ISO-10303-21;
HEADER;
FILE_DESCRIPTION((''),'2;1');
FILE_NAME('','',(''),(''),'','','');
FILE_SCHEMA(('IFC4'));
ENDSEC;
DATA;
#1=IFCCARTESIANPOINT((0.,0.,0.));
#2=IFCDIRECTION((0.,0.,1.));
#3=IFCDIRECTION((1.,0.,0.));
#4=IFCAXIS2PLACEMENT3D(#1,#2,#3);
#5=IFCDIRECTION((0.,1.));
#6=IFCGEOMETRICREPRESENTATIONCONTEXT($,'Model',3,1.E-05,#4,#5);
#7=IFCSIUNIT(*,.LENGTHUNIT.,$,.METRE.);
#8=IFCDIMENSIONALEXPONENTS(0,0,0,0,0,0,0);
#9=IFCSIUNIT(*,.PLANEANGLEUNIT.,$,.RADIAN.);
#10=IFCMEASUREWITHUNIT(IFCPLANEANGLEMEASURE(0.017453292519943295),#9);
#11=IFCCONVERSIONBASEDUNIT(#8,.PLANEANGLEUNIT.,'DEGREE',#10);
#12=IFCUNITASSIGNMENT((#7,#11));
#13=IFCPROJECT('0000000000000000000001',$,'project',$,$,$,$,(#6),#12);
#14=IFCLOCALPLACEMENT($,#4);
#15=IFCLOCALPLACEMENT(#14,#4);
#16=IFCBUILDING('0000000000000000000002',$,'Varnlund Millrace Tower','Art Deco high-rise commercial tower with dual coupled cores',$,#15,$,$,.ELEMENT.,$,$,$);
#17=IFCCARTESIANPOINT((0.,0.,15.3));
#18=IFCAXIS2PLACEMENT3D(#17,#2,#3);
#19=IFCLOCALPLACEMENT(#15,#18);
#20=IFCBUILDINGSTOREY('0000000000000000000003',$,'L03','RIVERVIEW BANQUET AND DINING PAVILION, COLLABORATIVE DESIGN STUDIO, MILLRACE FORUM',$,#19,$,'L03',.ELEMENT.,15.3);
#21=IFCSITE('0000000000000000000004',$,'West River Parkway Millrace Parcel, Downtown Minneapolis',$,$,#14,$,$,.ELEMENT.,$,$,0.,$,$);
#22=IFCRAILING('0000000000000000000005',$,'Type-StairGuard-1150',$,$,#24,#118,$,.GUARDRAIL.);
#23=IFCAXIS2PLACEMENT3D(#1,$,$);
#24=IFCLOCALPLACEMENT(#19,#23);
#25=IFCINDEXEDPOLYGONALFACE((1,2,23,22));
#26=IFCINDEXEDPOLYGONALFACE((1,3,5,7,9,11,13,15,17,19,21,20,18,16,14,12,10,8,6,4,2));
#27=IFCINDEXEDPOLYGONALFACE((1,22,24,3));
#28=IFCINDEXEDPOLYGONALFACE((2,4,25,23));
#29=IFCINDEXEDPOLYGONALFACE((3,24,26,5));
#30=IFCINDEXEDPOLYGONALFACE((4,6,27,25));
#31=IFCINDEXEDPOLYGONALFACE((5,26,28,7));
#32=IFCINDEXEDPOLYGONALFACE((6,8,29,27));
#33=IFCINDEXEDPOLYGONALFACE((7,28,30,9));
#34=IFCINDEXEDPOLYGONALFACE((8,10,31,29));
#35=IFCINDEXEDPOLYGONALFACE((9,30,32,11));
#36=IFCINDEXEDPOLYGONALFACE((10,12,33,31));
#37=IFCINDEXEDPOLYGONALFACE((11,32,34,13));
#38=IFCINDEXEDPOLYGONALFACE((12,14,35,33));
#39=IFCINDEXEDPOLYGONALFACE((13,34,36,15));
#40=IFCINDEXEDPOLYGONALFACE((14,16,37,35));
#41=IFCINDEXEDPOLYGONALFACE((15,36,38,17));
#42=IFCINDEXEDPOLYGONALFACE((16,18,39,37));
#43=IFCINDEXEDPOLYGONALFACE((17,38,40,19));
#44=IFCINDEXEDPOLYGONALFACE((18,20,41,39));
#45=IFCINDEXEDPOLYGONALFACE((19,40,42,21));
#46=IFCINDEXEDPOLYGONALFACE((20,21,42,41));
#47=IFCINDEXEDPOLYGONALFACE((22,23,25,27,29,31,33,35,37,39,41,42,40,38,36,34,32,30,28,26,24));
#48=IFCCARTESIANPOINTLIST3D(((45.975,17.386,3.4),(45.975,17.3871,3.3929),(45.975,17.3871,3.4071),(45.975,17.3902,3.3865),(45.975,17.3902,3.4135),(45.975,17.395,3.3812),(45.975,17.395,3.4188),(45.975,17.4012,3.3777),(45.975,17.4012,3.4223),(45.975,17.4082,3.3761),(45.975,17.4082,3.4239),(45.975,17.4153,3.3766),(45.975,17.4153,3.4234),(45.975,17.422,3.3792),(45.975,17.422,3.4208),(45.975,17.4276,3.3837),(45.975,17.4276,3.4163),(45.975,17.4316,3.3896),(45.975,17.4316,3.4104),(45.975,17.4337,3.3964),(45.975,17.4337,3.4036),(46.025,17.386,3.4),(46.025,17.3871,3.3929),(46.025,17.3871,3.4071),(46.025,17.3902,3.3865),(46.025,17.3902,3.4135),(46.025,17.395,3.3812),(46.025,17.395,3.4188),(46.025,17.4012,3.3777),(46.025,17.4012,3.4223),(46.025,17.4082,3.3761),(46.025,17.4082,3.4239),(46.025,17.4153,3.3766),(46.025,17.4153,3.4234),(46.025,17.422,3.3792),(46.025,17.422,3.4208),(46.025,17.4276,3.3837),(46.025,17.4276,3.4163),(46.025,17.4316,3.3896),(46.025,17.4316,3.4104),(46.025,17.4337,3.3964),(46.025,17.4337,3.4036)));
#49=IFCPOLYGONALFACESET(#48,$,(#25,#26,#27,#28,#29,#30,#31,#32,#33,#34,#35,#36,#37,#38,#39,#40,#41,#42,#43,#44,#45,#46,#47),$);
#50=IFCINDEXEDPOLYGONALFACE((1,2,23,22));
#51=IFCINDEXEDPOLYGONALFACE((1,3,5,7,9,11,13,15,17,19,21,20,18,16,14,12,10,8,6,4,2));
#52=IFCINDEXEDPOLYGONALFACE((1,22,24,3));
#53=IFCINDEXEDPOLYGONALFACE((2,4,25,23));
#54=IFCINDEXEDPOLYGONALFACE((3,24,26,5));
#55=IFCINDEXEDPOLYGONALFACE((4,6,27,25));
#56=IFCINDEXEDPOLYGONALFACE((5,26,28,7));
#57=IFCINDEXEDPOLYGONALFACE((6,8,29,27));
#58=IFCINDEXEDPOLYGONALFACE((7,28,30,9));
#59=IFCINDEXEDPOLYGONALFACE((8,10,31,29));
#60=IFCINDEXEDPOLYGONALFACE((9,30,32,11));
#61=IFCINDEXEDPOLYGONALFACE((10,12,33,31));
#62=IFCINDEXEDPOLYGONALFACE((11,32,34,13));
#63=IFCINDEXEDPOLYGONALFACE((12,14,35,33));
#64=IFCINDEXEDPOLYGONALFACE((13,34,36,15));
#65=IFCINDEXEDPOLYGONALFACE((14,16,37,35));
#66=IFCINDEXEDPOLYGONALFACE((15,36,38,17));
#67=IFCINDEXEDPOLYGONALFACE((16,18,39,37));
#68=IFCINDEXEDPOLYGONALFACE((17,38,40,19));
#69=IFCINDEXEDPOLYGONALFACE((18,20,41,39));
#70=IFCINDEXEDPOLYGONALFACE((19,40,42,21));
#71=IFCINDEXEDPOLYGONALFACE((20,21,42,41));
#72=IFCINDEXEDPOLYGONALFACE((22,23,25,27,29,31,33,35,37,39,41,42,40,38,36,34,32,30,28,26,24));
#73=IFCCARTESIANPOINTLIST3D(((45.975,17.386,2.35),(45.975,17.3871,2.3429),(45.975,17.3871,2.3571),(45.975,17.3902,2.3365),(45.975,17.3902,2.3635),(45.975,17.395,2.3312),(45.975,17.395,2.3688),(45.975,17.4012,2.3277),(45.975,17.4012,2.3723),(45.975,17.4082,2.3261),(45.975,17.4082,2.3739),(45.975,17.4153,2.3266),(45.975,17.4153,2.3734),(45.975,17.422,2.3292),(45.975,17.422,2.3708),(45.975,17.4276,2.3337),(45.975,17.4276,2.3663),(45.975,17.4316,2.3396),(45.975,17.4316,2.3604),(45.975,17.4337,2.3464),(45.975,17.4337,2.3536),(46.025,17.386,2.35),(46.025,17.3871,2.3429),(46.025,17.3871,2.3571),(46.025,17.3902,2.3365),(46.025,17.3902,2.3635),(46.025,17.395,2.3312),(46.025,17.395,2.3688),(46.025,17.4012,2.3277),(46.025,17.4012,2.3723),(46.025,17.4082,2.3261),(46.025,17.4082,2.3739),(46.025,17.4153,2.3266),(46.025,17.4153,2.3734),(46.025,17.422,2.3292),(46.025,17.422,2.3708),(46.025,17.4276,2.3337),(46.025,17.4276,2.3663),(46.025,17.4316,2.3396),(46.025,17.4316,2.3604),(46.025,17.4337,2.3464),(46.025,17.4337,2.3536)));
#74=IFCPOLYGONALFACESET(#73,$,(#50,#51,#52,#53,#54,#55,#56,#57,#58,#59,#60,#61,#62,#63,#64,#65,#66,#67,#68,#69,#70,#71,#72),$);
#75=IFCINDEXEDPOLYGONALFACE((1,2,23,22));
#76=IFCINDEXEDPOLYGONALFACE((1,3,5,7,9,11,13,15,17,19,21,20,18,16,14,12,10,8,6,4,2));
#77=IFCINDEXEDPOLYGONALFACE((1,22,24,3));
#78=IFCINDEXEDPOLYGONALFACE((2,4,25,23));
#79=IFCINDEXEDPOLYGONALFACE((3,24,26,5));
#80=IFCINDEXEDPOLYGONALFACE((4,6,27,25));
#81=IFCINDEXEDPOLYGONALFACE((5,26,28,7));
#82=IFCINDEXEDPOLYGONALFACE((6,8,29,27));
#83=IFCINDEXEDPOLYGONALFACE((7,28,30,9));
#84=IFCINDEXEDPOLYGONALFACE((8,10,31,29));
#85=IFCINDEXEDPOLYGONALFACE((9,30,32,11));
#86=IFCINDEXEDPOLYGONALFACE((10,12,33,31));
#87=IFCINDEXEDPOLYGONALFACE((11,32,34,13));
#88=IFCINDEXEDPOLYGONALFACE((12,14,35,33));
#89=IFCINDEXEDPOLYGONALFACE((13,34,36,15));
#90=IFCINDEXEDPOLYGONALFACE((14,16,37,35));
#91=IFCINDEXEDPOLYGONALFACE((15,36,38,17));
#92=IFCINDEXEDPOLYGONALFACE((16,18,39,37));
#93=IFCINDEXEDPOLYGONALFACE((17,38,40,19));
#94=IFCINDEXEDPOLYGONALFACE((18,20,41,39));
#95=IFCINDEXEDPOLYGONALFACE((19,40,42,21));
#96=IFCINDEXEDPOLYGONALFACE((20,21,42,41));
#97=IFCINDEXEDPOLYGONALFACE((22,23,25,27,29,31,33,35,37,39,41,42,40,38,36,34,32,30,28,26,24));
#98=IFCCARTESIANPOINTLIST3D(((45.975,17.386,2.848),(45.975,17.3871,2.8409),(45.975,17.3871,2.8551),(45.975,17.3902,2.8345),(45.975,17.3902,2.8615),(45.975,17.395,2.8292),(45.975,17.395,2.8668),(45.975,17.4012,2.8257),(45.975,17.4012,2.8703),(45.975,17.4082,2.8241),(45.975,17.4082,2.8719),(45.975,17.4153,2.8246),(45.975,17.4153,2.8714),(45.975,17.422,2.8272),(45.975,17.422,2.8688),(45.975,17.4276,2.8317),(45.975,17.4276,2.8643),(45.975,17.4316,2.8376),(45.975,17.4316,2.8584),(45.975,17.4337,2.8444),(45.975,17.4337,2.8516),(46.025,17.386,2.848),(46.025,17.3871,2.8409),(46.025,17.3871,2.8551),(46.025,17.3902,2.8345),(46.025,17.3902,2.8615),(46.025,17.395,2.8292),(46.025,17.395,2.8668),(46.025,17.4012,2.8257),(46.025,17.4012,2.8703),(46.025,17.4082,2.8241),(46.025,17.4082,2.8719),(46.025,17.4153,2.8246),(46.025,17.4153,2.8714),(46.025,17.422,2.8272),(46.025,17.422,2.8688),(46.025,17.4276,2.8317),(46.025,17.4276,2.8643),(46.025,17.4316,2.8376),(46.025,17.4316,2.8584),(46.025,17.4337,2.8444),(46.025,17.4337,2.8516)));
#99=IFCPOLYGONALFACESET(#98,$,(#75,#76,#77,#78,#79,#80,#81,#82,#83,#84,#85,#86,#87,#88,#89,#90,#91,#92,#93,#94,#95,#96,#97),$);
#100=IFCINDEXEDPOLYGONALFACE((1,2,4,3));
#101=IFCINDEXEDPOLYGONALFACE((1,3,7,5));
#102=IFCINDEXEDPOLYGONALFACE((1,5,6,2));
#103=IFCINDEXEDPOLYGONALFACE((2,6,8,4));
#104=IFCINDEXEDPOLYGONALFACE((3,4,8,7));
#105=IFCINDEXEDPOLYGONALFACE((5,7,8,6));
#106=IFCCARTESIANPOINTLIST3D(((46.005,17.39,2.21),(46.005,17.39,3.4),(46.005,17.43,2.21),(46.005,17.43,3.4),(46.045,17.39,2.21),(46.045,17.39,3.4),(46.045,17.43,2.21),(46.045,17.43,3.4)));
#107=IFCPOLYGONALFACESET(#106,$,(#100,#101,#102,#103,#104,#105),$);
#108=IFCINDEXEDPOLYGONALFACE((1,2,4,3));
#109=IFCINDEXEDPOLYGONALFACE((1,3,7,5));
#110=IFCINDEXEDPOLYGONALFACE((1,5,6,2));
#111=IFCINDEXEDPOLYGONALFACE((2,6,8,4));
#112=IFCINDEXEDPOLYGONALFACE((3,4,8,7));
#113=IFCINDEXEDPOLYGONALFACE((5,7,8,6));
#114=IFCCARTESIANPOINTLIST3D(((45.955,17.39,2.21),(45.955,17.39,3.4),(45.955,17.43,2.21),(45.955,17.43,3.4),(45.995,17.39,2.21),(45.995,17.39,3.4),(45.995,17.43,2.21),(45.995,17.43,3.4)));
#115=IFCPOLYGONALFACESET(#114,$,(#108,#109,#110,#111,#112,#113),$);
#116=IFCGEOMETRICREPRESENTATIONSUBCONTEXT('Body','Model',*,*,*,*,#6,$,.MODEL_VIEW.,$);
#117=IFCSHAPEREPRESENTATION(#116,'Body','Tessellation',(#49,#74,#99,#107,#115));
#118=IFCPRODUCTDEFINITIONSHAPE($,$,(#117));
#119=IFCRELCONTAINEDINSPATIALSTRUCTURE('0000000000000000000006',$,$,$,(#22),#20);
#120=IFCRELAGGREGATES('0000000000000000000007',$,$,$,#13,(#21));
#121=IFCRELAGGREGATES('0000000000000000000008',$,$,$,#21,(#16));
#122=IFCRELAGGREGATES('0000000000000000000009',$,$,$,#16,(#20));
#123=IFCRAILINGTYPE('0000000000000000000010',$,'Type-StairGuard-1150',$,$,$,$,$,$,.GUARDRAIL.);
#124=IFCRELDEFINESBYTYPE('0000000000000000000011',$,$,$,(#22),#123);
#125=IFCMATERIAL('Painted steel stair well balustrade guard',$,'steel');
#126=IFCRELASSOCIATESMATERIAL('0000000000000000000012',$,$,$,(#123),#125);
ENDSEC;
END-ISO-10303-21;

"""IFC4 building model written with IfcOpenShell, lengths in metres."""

from ifc_helpers import new_model, entity, si_unit, converted_unit, direction, frame, origin_with_axes, origin_2d_with_axis, place, context, subcontext, project, spatial, rectangle, circle, extrude, material, type_object, element, save


model = new_model("IFC4")

# Units and contexts
model_context = context("Model", 3, precision=1e-05, world=origin_with_axes(), true_north=direction((0.0, 1.0)))
body_context = subcontext(model_context, "Body", "Model", "MODEL_VIEW")
ifc_project = project(units=[si_unit("LENGTHUNIT", "METRE"), converted_unit("PLANEANGLEUNIT", "DEGREE", entity("IfcPlaneAngleMeasure", 0.017453292519943295), si_unit("PLANEANGLEUNIT", "RADIAN"), dimensions=[0, 0, 0, 0, 0, 0, 0])], contexts=[model_context])

# Site, building, storey
site_placement = place(None, origin_with_axes())
site = spatial("IfcSite", under=ifc_project, at=site_placement, Name="West River Parkway Millrace Parcel, Downtown Minneapolis", CompositionType="ELEMENT", RefElevation=0.0)
building_placement = place(site_placement, origin_with_axes())
building = spatial("IfcBuilding", under=site, at=building_placement, Name="Varnlund Millrace Tower", Description="Art Deco high-rise commercial tower with dual coupled cores", CompositionType="ELEMENT")
storey_placement = place(building_placement, frame((0.0, 0.0, 15.3), z_axis=(0.0, 0.0, 1.0), x_axis=(1.0, 0.0, 0.0)))
storey = spatial("IfcBuildingStorey", under=building, at=storey_placement, Name="L03", Description="RIVERVIEW BANQUET AND DINING PAVILION, COLLABORATIVE DESIGN STUDIO, MILLRACE FORUM", LongName="L03", CompositionType="ELEMENT", Elevation=15.3)

# Railing
ifc_material_1 = material(Name="Painted steel stair well balustrade guard", Category="steel")
railing_type_1 = type_object("IfcRailingType", Name="Type-StairGuard-1150", PredefinedType="GUARDRAIL", material=ifc_material_1)
railing_1_placement = place(storey_placement, frame((0.0, 0.0, -15.3), z_axis=(0.0, 0.0, 1.0), x_axis=(1.0, 0.0, 0.0)))
element("IfcRailing", 1, at=railing_1_placement, inside=storey, type_object=railing_type_1, Name="Type-StairGuard-1150", PredefinedType="GUARDRAIL", context=body_context, shape_type="SweptSolid", body=[
    extrude(circle(Radius=0.024, at=origin_2d_with_axis()), frame((46.025, 17.41, 18.7), z_axis=(-1.0, 0.0, 0.0), x_axis=(0.0, -1.0, 0.0)), (0.0, 0.0, 1.0), 0.05),
    extrude(circle(Radius=0.024, at=origin_2d_with_axis()), frame((46.025, 17.41, 17.65), z_axis=(-1.0, 0.0, 0.0), x_axis=(0.0, -1.0, 0.0)), (0.0, 0.0, 1.0), 0.05),
    extrude(circle(Radius=0.024, at=origin_2d_with_axis()), frame((46.025, 17.41, 18.148), z_axis=(-1.0, 0.0, 0.0), x_axis=(0.0, -1.0, 0.0)), (0.0, 0.0, 1.0), 0.05),
    extrude(rectangle(XDim=0.04, YDim=0.04, at=origin_2d_with_axis()), frame((46.025, 17.41, 17.51), z_axis=(0.0, 0.0, 1.0), x_axis=(1.0, 0.0, 0.0)), (0.0, 0.0, 1.0), 1.19),
    extrude(rectangle(XDim=0.04, YDim=0.04, at=origin_2d_with_axis()), frame((45.975, 17.41, 17.51), z_axis=(0.0, 0.0, 1.0), x_axis=(1.0, 0.0, 0.0)), (0.0, 0.0, 1.0), 1.19),
])

save(model, "model.ifc")
